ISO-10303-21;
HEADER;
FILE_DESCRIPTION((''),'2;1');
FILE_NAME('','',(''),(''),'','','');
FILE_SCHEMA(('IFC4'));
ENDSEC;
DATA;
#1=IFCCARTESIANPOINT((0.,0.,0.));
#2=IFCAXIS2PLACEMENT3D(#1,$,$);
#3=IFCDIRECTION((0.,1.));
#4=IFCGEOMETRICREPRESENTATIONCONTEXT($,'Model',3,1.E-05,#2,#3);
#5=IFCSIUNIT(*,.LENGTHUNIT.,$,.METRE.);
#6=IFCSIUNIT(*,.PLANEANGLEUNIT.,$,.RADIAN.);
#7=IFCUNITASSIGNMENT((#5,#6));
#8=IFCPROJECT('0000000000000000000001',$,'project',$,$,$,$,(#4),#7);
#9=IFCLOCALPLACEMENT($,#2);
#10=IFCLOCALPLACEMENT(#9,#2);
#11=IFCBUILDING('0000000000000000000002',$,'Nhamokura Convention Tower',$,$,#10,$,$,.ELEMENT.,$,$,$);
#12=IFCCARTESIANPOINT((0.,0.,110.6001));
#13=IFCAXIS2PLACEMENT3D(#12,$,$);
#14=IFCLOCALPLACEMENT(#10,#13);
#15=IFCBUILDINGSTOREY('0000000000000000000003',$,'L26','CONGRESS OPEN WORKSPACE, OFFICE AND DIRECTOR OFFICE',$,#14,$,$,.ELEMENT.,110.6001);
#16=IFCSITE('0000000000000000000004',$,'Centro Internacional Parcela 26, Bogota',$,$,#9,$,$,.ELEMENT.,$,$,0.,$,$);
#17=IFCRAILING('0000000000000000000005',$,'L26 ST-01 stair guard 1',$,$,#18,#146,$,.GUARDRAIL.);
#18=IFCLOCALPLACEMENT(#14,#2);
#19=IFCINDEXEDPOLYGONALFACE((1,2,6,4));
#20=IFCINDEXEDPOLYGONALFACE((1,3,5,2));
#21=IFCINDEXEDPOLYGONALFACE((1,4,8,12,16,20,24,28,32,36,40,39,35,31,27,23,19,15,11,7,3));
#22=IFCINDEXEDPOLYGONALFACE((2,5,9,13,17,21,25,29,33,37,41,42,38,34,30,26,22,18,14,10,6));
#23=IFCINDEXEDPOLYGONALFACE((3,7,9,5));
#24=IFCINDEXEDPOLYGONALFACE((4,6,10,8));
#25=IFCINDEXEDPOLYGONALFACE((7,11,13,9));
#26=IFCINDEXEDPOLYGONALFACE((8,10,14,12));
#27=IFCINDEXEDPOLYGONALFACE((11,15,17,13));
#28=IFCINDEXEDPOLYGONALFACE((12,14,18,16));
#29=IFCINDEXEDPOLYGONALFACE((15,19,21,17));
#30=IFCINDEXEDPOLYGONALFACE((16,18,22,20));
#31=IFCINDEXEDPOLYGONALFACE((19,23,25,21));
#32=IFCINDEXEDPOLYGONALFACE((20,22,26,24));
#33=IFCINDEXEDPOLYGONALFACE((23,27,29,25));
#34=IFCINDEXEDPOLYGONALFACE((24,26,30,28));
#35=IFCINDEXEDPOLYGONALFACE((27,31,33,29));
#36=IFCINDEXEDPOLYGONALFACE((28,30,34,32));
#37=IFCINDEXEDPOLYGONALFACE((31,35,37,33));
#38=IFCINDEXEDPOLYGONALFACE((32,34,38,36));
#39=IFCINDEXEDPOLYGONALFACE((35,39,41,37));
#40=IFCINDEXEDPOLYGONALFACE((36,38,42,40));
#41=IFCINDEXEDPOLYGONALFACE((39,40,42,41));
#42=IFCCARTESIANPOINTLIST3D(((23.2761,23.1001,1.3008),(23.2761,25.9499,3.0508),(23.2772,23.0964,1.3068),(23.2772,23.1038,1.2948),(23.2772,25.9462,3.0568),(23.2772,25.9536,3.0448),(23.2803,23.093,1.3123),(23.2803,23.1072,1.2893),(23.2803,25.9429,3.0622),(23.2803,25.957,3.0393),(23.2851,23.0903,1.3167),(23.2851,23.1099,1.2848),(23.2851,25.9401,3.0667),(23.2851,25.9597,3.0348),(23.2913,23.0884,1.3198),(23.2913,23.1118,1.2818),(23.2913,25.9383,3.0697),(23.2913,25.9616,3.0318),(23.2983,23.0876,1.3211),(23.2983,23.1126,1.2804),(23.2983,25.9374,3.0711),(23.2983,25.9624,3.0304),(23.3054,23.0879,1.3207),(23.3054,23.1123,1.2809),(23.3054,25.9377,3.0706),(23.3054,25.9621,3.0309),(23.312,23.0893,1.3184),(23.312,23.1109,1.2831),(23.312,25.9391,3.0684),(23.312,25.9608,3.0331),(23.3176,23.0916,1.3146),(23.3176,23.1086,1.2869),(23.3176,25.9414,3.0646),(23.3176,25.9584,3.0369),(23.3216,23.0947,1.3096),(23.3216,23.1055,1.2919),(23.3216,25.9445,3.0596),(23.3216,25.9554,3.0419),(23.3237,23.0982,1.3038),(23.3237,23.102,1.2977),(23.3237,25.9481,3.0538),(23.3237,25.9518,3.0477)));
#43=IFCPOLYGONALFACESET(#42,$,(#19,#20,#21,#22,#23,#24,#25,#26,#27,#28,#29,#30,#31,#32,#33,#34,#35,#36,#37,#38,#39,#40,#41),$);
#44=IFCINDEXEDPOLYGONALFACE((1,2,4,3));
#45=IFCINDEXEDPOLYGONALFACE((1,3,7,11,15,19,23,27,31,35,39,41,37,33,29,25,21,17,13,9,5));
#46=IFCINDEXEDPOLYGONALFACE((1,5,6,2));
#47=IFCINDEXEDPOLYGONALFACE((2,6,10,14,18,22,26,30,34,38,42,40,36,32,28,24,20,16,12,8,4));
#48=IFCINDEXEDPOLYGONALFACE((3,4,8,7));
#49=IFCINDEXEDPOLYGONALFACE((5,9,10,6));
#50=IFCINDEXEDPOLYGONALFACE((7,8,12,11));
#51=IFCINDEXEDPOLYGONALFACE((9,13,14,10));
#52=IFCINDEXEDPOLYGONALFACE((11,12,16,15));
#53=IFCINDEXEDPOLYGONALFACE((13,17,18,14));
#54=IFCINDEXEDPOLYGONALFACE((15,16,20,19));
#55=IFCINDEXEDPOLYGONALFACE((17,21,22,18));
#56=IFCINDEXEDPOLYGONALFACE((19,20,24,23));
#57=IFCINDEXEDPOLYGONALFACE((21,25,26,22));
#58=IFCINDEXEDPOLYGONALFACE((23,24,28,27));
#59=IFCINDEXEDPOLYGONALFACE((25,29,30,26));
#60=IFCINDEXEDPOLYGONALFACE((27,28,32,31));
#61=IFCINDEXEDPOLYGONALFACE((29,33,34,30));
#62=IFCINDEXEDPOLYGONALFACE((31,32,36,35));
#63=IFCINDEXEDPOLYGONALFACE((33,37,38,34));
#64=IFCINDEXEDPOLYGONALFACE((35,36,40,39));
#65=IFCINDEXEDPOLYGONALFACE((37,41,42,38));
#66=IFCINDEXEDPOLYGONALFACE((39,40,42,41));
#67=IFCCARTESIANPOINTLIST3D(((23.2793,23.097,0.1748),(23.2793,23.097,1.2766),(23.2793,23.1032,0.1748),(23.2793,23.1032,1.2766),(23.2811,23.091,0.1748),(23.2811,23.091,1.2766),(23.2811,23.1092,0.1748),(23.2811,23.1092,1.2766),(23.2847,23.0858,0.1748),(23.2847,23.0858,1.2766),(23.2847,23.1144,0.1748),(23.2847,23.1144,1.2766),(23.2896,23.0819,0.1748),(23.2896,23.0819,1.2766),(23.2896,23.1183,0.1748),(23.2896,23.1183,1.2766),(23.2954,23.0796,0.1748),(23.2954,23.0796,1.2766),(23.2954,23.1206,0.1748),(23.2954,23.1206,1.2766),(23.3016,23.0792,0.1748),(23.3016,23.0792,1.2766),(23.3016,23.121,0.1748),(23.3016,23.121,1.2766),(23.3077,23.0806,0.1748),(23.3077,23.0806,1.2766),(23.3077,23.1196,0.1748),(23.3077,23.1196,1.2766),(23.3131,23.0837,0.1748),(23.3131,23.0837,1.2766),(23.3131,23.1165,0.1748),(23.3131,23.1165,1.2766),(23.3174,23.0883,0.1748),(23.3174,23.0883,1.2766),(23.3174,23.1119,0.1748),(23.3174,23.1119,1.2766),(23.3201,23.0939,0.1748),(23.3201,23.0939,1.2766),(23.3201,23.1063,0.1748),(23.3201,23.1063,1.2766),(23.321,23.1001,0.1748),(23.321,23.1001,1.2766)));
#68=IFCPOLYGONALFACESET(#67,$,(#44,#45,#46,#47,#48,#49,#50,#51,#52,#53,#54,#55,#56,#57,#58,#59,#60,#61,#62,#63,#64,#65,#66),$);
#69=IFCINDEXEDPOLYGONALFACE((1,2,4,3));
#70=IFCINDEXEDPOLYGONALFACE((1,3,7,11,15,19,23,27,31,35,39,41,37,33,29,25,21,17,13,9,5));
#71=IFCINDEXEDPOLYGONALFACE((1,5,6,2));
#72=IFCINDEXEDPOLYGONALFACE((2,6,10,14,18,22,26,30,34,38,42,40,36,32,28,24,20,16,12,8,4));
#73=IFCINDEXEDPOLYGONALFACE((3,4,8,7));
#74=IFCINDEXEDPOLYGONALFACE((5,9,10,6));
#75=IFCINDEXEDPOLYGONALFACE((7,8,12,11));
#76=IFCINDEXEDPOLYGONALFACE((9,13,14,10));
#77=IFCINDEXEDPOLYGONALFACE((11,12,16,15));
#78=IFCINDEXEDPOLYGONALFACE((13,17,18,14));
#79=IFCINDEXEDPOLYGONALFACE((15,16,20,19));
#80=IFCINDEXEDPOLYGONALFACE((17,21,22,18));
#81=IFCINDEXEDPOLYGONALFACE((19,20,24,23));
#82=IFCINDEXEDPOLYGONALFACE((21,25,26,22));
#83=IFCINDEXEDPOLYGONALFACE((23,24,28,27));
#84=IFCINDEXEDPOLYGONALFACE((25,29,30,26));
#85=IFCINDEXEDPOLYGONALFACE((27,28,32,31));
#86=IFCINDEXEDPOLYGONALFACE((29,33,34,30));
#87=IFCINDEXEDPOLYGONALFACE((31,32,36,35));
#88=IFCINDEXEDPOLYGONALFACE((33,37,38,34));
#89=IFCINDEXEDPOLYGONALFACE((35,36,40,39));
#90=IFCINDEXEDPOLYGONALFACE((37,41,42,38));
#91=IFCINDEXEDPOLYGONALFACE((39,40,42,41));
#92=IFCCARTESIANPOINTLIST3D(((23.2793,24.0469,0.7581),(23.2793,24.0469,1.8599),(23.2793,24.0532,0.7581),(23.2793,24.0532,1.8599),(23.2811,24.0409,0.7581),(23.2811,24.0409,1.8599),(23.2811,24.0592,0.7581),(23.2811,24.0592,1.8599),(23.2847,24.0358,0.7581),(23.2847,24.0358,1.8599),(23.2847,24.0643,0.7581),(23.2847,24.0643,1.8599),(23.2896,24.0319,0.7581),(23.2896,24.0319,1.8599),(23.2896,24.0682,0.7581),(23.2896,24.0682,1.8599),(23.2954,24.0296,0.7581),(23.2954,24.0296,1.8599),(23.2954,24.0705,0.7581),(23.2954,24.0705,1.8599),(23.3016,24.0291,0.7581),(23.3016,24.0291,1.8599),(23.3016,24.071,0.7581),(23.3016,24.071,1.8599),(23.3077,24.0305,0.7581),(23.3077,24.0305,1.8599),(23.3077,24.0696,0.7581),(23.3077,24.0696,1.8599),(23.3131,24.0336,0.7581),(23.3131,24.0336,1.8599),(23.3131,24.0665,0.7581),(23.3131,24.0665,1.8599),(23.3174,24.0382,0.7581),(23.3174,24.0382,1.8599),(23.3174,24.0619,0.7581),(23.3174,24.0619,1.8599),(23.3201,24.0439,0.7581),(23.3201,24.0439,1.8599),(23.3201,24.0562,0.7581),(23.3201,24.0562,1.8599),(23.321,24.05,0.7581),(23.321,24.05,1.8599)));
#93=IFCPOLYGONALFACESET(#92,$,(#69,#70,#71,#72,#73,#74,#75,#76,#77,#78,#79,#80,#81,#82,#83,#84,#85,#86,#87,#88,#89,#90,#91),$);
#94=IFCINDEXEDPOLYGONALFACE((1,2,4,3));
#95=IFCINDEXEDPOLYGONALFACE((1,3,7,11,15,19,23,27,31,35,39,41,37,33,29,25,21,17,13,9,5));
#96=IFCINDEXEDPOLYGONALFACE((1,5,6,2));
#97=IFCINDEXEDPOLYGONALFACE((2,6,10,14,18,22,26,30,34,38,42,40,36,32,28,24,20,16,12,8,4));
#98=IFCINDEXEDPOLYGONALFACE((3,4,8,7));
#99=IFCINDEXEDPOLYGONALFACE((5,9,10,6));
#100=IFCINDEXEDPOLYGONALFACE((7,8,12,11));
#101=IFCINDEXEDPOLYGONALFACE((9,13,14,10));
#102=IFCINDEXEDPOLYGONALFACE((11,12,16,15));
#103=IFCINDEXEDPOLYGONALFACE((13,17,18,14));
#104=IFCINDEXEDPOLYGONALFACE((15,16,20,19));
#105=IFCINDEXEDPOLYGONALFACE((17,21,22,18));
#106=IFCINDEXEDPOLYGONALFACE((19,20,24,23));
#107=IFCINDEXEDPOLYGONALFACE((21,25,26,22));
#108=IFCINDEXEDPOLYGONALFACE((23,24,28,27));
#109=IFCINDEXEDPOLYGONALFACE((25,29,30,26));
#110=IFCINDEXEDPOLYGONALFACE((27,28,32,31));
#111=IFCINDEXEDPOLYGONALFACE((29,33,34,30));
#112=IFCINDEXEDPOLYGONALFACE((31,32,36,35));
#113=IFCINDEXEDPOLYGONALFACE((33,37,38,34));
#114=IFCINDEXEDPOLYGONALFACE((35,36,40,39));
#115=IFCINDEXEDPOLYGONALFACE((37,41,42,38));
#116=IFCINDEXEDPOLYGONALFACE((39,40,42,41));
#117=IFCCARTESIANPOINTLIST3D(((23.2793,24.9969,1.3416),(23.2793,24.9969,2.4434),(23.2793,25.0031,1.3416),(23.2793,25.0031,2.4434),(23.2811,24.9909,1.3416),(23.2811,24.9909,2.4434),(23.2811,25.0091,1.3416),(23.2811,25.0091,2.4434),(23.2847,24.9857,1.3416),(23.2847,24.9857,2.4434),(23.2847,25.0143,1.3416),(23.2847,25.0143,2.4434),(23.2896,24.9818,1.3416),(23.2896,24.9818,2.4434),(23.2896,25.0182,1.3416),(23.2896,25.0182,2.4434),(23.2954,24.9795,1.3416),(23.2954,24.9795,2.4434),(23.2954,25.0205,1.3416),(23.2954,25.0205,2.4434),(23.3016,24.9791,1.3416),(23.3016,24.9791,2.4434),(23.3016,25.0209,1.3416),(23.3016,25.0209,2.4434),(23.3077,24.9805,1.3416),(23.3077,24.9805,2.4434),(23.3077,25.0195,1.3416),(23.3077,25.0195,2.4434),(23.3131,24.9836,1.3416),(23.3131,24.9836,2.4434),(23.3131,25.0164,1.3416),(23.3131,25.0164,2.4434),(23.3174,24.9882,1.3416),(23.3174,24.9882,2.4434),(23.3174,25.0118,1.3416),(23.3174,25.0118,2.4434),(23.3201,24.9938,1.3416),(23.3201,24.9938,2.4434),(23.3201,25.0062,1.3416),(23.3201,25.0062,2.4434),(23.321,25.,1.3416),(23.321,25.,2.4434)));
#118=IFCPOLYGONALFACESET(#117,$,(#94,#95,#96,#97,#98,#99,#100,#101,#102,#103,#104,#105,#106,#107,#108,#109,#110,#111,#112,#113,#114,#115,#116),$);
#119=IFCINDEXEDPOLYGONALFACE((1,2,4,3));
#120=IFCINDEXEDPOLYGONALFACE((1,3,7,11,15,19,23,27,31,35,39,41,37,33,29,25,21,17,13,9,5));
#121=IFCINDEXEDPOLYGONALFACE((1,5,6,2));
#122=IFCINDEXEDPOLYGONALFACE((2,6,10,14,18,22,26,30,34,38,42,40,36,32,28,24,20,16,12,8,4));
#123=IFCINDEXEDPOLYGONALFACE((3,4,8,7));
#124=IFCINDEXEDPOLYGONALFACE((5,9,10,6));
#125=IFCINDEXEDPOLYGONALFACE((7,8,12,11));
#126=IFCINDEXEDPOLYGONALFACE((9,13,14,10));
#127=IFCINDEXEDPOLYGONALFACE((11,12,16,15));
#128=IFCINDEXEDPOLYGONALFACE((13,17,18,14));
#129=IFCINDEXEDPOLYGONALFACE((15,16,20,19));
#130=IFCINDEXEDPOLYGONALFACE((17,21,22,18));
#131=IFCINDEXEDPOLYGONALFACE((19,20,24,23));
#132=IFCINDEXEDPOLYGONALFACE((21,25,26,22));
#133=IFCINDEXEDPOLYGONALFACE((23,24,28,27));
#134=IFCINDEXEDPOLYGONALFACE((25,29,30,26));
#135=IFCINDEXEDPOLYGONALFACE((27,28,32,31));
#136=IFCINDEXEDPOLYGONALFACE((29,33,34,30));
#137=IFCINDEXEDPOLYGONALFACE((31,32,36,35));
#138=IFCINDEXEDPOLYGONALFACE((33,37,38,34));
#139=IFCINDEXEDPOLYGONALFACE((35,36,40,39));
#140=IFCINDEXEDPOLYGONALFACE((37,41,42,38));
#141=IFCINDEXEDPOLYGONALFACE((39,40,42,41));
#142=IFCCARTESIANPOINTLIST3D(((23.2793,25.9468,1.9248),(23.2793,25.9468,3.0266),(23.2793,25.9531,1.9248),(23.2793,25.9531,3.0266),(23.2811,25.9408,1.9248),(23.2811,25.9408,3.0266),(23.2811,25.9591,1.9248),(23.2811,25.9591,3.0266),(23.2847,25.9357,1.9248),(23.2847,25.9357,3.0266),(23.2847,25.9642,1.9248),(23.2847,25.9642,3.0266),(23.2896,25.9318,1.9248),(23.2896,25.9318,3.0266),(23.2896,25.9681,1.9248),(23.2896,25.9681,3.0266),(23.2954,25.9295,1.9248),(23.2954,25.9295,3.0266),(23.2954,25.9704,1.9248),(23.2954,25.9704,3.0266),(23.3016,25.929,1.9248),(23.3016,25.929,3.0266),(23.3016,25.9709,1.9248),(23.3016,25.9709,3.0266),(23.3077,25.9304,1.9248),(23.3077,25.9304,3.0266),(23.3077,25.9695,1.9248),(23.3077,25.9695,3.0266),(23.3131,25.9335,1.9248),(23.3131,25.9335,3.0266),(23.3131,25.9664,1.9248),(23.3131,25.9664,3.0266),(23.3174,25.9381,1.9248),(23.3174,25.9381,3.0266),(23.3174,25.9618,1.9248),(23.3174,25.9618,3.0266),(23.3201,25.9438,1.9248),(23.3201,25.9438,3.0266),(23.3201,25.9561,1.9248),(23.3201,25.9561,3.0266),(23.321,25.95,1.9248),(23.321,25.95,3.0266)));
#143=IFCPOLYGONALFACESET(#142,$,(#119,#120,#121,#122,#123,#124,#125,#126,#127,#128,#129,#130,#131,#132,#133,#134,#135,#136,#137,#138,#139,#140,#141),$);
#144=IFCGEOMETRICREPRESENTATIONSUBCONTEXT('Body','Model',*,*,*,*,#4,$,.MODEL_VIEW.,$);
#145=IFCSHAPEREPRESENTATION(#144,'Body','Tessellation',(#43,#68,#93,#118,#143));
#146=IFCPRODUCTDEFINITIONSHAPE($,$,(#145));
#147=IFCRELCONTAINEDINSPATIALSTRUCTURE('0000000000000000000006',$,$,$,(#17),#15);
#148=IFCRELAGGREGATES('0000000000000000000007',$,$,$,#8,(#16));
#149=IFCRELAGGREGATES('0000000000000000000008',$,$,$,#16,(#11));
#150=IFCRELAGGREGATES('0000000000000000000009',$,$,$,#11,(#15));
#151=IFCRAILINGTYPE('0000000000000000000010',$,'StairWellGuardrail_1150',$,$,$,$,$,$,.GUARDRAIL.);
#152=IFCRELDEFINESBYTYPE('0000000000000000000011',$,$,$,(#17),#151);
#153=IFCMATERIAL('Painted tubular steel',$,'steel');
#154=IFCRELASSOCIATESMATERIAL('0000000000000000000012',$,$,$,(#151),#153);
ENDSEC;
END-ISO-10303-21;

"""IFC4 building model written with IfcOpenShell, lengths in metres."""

from ifc_helpers import new_model, si_unit, direction, frame, origin, origin_2d, place, context, subcontext, project, spatial, circle, extrude, material, type_object, element, save


model = new_model("IFC4")

# Units and contexts
model_context = context("Model", 3, precision=1e-05, world=origin(), true_north=direction((0.0, 1.0)))
body_context = subcontext(model_context, "Body", "Model", "MODEL_VIEW")
ifc_project = project(units=[si_unit("LENGTHUNIT", "METRE"), si_unit("PLANEANGLEUNIT", "RADIAN")], contexts=[model_context])

# Site, building, storey
site_placement = place(None, origin())
site = spatial("IfcSite", under=ifc_project, at=site_placement, Name="Centro Internacional Parcela 26, Bogota", CompositionType="ELEMENT", RefElevation=0.0)
building_placement = place(site_placement, origin())
building = spatial("IfcBuilding", under=site, at=building_placement, Name="Nhamokura Convention Tower", CompositionType="ELEMENT")
storey_placement = place(building_placement, frame((0.0, 0.0, 110.6001)))
storey = spatial("IfcBuildingStorey", under=building, at=storey_placement, Name="L26", Description="CONGRESS OPEN WORKSPACE, OFFICE AND DIRECTOR OFFICE", CompositionType="ELEMENT", Elevation=110.6001)

# Railing
ifc_material_1 = material(Name="Painted tubular steel", Category="steel")
railing_type_1 = type_object("IfcRailingType", Name="StairWellGuardrail_1150", PredefinedType="GUARDRAIL", material=ifc_material_1)
railing_1_placement = place(storey_placement, frame((23.3, 23.1001, 0.1748)))
element("IfcRailing", 1, at=railing_1_placement, inside=storey, type_object=railing_type_1, Name="L26 ST-01 stair guard 1", PredefinedType="GUARDRAIL", context=body_context, shape_type="SweptSolid", body=[
    extrude(circle(Radius=0.0239, at=origin_2d()), frame((0.0, 0.0, 1.126), z_axis=(0.0, 0.852159, 0.523283), x_axis=(-1.0, 0.0, 0.0)), (0.0, 0.0, 1.0), 3.3442),
    extrude(circle(Radius=0.021, at=origin_2d()), origin(), (0.0, 0.0, 1.0), 1.1018),
    extrude(circle(Radius=0.021, at=origin_2d()), frame((0.0, 0.95, 0.5833)), (0.0, 0.0, 1.0), 1.1018),
    extrude(circle(Radius=0.021, at=origin_2d()), frame((0.0, 1.8999, 1.1667)), (0.0, 0.0, 1.0), 1.1018),
    extrude(circle(Radius=0.021, at=origin_2d()), frame((0.0, 2.8499, 1.75)), (0.0, 0.0, 1.0), 1.1018),
])

save(model, "model.ifc")
